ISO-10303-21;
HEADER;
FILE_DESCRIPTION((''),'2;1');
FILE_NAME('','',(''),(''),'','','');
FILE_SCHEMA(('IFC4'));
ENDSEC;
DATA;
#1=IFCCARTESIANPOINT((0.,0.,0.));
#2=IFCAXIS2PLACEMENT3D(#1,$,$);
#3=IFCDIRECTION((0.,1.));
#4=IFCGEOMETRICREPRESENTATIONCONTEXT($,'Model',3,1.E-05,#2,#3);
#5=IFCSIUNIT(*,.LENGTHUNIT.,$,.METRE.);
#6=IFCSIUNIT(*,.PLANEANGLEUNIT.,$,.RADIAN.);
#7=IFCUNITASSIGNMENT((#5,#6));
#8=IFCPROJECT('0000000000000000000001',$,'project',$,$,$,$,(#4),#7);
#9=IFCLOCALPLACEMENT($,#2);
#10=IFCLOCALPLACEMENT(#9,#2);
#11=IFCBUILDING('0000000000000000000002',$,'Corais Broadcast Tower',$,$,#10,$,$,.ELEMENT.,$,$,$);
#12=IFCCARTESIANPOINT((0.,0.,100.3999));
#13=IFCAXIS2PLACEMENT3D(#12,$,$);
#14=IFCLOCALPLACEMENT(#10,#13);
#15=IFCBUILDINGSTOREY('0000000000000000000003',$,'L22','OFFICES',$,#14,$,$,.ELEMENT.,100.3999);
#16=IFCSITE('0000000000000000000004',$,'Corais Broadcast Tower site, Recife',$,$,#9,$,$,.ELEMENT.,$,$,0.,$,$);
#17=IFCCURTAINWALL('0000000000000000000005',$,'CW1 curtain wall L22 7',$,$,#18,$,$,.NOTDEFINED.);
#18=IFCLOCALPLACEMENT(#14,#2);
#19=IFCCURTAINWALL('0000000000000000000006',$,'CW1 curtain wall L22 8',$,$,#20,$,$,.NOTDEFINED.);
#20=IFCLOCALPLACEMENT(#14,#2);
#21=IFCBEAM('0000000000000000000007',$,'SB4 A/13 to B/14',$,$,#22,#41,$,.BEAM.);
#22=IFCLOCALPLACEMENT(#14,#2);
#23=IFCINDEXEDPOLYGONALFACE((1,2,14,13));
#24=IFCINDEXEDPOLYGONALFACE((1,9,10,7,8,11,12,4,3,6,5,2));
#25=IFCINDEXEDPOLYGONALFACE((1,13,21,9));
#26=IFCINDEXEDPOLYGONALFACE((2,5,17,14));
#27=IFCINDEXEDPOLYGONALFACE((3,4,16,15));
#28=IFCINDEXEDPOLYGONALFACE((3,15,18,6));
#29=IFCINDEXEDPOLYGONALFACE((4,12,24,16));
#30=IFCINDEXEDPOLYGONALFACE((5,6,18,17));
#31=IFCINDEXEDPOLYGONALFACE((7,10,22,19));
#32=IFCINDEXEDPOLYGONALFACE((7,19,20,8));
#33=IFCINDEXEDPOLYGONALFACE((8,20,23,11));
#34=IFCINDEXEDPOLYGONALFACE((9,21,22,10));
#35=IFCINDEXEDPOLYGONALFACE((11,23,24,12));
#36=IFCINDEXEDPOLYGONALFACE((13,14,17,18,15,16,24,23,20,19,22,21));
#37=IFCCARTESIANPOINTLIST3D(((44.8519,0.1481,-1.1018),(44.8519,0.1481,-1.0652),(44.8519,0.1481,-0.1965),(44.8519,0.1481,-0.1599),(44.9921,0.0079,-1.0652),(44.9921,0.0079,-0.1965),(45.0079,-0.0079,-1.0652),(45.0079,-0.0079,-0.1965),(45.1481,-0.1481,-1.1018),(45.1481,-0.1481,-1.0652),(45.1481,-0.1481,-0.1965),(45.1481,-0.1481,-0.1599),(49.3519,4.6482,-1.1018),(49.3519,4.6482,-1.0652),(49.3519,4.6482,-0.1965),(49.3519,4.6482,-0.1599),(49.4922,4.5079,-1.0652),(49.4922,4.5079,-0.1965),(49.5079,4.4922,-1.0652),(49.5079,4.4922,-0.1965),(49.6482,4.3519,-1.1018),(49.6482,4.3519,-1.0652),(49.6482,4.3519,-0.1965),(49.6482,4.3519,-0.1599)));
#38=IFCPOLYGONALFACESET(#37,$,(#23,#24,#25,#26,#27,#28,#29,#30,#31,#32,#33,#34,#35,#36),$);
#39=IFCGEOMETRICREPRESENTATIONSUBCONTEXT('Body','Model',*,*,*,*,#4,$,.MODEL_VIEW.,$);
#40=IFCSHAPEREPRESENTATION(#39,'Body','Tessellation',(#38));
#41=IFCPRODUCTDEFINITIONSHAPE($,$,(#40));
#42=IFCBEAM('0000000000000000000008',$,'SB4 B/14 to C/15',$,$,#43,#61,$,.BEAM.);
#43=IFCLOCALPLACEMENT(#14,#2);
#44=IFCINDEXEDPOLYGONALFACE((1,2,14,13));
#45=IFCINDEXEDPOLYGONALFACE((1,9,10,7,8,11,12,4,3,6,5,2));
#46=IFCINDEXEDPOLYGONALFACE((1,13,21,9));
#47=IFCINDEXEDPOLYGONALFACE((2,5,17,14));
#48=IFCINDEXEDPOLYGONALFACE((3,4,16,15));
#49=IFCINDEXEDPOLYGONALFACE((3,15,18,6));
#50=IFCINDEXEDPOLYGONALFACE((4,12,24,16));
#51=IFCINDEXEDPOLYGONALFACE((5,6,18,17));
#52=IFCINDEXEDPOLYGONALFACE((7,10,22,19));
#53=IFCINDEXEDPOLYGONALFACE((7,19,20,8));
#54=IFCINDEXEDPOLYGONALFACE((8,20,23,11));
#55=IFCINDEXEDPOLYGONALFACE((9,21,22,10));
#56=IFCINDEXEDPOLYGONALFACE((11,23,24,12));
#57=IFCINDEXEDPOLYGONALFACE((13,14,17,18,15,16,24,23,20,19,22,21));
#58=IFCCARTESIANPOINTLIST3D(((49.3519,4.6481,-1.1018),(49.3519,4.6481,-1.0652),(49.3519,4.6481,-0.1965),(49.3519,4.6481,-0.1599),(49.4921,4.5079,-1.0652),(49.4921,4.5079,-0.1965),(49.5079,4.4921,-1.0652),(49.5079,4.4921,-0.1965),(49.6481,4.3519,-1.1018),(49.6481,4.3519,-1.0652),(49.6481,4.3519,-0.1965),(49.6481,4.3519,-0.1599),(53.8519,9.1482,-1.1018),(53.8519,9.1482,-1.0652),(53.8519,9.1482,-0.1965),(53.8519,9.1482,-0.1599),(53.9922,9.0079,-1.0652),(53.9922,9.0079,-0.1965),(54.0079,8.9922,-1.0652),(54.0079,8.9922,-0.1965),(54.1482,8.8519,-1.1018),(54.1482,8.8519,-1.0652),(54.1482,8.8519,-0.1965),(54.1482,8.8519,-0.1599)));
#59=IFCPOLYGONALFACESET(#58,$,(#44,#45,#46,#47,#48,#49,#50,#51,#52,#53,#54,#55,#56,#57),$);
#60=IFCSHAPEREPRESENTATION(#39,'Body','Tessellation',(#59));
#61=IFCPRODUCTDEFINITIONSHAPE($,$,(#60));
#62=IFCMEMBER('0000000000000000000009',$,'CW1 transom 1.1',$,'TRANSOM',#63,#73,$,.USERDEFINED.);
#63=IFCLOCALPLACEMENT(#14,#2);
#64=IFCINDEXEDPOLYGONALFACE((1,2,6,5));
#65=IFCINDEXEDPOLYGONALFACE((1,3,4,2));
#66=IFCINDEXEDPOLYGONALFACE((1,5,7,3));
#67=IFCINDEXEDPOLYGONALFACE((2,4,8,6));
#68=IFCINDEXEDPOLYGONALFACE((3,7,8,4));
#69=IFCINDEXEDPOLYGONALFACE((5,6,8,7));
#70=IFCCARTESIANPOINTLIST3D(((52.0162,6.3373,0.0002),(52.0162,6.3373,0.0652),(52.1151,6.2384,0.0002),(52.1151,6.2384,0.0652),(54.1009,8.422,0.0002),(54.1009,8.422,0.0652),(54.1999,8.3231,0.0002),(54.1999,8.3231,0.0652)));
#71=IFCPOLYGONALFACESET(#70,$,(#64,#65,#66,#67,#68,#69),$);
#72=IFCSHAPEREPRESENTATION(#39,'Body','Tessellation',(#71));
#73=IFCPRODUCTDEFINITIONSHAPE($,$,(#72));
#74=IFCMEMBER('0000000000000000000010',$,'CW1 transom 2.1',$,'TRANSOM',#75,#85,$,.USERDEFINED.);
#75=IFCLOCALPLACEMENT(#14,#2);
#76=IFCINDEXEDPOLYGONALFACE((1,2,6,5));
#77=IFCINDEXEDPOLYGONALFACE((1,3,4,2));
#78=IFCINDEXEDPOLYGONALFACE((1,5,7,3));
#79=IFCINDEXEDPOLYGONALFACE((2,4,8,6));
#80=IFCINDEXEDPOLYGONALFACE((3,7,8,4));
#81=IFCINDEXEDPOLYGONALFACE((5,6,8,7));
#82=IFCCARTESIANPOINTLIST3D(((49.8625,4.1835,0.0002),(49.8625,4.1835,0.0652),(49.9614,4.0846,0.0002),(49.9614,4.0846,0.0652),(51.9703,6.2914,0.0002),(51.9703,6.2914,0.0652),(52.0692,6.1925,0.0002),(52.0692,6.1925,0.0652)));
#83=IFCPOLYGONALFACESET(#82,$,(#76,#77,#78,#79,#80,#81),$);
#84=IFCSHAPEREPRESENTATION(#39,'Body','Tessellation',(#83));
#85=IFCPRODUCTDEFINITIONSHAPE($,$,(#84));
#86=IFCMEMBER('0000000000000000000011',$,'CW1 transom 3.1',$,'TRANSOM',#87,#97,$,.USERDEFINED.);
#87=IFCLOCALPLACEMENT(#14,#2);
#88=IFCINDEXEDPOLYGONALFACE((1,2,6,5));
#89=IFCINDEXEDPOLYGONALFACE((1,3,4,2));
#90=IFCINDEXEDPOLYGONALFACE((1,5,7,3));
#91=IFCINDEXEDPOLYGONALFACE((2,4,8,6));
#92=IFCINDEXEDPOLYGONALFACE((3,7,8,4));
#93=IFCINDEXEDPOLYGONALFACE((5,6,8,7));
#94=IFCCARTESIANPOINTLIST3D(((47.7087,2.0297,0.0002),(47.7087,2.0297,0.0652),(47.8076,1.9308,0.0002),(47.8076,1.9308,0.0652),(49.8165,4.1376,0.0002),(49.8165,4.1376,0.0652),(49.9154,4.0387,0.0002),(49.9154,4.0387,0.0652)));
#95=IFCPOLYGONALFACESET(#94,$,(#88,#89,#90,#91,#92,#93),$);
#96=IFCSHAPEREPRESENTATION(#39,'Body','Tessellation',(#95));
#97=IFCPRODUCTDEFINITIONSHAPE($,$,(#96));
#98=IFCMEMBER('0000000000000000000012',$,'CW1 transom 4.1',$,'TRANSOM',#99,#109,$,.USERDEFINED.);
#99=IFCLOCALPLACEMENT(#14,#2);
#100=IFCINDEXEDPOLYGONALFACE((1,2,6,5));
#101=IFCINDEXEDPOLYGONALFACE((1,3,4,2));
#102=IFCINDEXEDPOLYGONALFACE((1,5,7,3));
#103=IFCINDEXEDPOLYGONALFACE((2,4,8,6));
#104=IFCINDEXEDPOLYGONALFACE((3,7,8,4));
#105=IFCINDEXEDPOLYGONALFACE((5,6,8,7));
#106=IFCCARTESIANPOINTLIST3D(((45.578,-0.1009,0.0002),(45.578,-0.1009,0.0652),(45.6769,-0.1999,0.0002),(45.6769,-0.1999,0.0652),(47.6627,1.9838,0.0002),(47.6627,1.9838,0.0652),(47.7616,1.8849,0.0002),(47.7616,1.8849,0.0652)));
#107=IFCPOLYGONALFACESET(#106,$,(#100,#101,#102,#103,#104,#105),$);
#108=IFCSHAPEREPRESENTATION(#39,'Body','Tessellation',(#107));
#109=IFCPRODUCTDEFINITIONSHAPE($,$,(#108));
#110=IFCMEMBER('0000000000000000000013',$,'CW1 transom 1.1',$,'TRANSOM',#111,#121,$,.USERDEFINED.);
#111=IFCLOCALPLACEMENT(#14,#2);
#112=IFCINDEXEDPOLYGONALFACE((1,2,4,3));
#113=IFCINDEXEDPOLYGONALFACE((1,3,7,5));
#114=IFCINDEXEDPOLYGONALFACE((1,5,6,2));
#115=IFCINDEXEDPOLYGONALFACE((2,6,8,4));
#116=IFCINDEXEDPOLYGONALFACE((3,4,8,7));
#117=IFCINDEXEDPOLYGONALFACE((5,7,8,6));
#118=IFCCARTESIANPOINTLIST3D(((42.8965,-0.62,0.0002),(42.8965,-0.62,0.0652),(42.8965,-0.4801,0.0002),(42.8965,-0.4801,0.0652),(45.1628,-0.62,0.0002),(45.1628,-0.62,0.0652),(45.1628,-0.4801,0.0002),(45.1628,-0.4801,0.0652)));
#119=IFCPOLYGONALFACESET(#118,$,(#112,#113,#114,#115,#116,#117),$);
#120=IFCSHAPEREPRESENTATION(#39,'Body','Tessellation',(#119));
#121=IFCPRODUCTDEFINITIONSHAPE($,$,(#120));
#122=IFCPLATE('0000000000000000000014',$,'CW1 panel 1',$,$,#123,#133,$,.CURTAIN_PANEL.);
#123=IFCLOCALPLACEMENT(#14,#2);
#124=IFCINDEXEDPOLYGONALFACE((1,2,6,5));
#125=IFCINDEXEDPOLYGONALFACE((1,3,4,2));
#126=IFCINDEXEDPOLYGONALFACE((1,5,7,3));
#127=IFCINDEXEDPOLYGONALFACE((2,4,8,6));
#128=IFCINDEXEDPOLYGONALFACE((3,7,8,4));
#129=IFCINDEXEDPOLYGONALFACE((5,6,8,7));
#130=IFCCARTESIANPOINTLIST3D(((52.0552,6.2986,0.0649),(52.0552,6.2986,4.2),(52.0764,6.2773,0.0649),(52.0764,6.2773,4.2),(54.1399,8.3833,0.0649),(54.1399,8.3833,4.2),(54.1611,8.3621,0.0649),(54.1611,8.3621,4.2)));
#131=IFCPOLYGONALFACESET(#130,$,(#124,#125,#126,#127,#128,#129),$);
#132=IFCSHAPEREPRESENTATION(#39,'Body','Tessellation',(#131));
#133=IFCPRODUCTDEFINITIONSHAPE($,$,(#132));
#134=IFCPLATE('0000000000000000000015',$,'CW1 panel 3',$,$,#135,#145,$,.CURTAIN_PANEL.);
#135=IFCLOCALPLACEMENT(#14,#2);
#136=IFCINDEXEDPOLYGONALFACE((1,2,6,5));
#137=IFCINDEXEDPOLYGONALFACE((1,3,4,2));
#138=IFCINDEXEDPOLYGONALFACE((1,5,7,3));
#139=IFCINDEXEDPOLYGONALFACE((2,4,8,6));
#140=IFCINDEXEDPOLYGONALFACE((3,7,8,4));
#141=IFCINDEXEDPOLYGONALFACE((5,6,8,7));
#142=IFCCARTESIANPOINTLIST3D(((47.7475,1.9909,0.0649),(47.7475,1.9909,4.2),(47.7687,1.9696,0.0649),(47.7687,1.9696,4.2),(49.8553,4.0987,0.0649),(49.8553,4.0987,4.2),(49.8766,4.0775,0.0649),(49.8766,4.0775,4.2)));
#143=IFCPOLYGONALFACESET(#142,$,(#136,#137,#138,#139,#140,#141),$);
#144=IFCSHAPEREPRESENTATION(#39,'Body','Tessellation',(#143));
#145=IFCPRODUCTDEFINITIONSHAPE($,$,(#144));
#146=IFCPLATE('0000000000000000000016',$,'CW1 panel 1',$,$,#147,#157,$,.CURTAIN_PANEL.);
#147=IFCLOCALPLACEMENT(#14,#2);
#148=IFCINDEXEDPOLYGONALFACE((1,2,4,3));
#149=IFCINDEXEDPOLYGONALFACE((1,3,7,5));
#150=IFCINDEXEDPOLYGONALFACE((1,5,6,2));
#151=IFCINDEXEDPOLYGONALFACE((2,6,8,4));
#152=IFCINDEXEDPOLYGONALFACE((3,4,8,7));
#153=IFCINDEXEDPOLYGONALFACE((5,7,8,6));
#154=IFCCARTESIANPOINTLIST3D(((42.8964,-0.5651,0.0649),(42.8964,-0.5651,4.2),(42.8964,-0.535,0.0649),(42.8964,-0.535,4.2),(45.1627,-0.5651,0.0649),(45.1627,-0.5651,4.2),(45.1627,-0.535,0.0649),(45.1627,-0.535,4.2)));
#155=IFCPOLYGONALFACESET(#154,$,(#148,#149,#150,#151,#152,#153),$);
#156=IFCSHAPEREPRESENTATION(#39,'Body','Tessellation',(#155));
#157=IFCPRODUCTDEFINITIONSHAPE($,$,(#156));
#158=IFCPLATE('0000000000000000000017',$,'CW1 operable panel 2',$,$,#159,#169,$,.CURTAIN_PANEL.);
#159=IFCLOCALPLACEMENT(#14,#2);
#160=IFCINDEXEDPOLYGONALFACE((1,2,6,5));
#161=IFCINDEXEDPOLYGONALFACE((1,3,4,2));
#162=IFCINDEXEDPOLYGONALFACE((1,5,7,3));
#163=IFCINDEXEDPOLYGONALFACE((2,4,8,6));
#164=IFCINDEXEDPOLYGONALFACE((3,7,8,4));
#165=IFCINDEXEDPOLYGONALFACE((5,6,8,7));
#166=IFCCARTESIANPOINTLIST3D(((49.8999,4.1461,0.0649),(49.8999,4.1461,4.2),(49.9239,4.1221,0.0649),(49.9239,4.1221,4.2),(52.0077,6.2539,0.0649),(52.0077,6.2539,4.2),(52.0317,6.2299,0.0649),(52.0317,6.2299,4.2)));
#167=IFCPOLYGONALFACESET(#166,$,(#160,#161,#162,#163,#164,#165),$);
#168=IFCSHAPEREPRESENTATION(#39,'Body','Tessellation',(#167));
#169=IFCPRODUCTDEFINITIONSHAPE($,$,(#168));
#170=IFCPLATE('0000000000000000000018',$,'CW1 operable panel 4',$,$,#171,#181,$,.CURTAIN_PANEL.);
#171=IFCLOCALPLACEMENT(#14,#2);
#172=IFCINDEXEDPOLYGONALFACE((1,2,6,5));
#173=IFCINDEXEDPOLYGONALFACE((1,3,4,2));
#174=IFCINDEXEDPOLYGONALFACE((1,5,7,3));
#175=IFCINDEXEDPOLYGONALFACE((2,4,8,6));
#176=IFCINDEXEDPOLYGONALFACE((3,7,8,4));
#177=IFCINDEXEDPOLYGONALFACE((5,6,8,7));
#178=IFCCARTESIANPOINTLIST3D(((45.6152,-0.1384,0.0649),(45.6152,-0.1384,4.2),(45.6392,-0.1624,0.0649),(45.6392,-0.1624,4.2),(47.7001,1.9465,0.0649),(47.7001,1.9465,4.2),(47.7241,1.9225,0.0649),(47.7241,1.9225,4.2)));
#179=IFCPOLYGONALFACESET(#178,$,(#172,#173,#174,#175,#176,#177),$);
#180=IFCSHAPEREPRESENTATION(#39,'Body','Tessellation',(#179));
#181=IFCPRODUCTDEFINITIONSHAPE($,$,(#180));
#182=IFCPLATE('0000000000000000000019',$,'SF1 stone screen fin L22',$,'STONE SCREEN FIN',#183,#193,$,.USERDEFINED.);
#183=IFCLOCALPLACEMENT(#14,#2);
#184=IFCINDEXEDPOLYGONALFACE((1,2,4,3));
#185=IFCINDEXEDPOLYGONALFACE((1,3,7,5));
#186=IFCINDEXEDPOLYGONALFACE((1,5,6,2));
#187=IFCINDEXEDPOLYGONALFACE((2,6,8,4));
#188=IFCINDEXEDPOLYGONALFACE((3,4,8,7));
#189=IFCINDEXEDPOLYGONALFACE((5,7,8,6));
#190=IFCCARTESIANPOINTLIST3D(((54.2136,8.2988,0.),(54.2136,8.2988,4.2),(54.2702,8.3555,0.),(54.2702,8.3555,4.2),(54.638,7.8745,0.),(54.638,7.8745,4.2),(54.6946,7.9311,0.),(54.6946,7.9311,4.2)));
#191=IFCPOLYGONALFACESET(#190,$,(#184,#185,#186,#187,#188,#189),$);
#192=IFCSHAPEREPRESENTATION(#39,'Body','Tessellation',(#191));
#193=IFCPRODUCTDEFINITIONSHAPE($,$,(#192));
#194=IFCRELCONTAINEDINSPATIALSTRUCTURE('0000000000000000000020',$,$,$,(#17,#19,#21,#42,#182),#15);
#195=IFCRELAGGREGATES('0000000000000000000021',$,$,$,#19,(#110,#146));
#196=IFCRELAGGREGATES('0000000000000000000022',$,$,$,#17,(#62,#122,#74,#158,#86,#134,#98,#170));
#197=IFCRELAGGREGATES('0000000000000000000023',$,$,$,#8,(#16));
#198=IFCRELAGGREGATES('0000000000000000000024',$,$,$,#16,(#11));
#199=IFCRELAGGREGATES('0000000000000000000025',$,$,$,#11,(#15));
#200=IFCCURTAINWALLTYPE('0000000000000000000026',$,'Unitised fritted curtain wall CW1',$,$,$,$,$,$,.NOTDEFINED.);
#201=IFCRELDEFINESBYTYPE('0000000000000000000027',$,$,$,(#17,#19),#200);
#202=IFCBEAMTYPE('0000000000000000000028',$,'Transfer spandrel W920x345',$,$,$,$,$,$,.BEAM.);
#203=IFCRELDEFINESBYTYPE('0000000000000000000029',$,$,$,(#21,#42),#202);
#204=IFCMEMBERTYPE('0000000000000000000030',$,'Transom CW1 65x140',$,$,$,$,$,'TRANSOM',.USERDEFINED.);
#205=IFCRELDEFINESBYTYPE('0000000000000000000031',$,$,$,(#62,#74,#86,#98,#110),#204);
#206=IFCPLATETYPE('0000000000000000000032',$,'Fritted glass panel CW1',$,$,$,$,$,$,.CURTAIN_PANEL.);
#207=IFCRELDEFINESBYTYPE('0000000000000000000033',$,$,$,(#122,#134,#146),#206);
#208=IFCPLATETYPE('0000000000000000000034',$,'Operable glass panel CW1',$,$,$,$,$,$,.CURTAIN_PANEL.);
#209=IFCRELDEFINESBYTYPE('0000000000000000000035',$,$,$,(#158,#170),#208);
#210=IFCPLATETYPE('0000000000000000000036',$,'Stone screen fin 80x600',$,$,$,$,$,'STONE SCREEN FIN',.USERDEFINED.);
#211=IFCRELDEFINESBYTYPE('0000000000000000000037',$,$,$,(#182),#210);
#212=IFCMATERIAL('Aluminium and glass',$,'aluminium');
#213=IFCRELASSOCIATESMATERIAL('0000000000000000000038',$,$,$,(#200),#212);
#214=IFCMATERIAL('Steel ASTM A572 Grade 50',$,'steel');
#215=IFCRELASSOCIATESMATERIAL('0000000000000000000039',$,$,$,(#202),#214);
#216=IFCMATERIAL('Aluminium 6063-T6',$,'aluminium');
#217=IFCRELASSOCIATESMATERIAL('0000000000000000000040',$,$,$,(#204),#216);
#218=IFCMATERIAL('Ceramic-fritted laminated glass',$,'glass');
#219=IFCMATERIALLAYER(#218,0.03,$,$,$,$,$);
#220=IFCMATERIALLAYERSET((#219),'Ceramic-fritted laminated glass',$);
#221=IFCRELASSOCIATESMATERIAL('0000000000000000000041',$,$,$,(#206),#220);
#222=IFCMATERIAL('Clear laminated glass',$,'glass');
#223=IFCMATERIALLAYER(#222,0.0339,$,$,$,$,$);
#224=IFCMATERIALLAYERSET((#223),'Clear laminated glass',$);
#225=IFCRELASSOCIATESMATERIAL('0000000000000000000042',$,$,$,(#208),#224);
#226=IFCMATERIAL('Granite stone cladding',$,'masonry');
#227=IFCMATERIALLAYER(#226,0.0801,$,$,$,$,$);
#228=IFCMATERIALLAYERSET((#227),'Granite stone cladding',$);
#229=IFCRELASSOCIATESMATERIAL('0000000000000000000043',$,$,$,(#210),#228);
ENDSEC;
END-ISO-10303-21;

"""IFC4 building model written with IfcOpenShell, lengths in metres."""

from ifc_helpers import new_model, si_unit, direction, frame, origin, origin_2d, place, context, subcontext, project, spatial, rectangle, i_section, extrude, material, layer, layer_set, material_profile, profile_set, type_object, element, aggregate, save


model = new_model("IFC4")

# Units and contexts
model_context = context("Model", 3, precision=1e-05, world=origin(), true_north=direction((0.0, 1.0)))
body_context = subcontext(model_context, "Body", "Model", "MODEL_VIEW")
ifc_project = project(units=[si_unit("LENGTHUNIT", "METRE"), si_unit("PLANEANGLEUNIT", "RADIAN")], contexts=[model_context])

# Site, building, storey
site_placement = place(None, origin())
site = spatial("IfcSite", under=ifc_project, at=site_placement, Name="Corais Broadcast Tower site, Recife", CompositionType="ELEMENT", RefElevation=0.0)
building_placement = place(site_placement, origin())
building = spatial("IfcBuilding", under=site, at=building_placement, Name="Corais Broadcast Tower", CompositionType="ELEMENT")
storey_placement = place(building_placement, frame((0.0, 0.0, 100.3999)))
storey = spatial("IfcBuildingStorey", under=building, at=storey_placement, Name="L22", Description="OFFICES", CompositionType="ELEMENT", Elevation=100.3999)

# Shared definitions
ifc_material_1 = material(Name="Aluminium and glass", Category="aluminium")
curtain_wall_type = type_object("IfcCurtainWallType", Name="Unitised fritted curtain wall CW1", PredefinedType="NOTDEFINED", material=ifc_material_1)

# Curtain wall
curtain_wall_1_placement = place(storey_placement, origin())
curtain_wall_1 = element("IfcCurtainWall", 1, at=curtain_wall_1_placement, inside=storey, type_object=curtain_wall_type, Name="CW1 curtain wall L22 7", PredefinedType="NOTDEFINED")

# Curtain wall
curtain_wall_2_placement = place(storey_placement, origin())
curtain_wall_2 = element("IfcCurtainWall", 2, at=curtain_wall_2_placement, inside=storey, type_object=curtain_wall_type, Name="CW1 curtain wall L22 8", PredefinedType="NOTDEFINED")

# Beams
ifc_material_2 = material(Name="Steel ASTM A572 Grade 50", Category="steel")
ifc_material_profile_1 = material_profile(ifc_material_2, i_section(OverallWidth=0.4189, OverallDepth=0.9419, WebThickness=0.0222, FlangeThickness=0.0366, at=origin_2d()), Name="W920x345")
ifc_profile_set_1 = profile_set([ifc_material_profile_1], Name="Steel ASTM A572 Grade 50")
beam_type_1 = type_object("IfcBeamType", Name="Transfer spandrel W920x345", PredefinedType="BEAM", material=ifc_profile_set_1)
for number, where, z_axis, x_axis, name in (
    (3, (45.0, 0.0, -0.6309), (0.707107, 0.707107, 0.0), (-0.707107, 0.707107, 0.0), "SB4 A/13 to B/14"),
    (4, (49.5, 4.5, -0.6309), (0.707107, 0.707107, 0.0), (-0.707107, 0.707107, 0.0), "SB4 B/14 to C/15"),
):
    element("IfcBeam", number, at=place(storey_placement, frame(where, z_axis=z_axis, x_axis=x_axis)), inside=storey, type_object=beam_type_1, Name=name, PredefinedType="BEAM", context=body_context, shape_type="SweptSolid", body=[
        extrude(i_section(OverallWidth=0.4189, OverallDepth=0.9419, WebThickness=0.0222, FlangeThickness=0.0366, at=origin_2d()), origin(), (0.0, 0.0, 1.0), 6.364),
    ])

# Members
ifc_material_3 = material(Name="Aluminium 6063-T6", Category="aluminium")
ifc_material_profile_2 = material_profile(ifc_material_3, rectangle(XDim=0.1399, YDim=0.0649, at=origin_2d()), Name="Transom CW1 65x140")
ifc_profile_set_2 = profile_set([ifc_material_profile_2], Name="Aluminium 6063-T6")
member_type_1 = type_object("IfcMemberType", Name="Transom CW1 65x140", ElementType="TRANSOM", PredefinedType="USERDEFINED", material=ifc_profile_set_2)
member_1_placement = place(storey_placement, frame((54.1504, 8.3726, 0.0327), z_axis=(-0.707107, -0.707107, 0.0), x_axis=(0.707107, -0.707107, 0.0)))
member_1 = element("IfcMember", 5, at=member_1_placement, type_object=member_type_1, Name="CW1 transom 1.1", ObjectType="TRANSOM", PredefinedType="USERDEFINED", context=body_context, shape_type="SweptSolid", body=[
    extrude(rectangle(XDim=0.1399, YDim=0.0649, at=origin_2d()), origin(), (0.0, 0.0, 1.0), 2.9482),
])
member_2_placement = place(storey_placement, frame((52.0198, 6.2419, 0.0327), z_axis=(-0.707107, -0.707107, 0.0), x_axis=(0.707107, -0.707107, 0.0)))
member_2 = element("IfcMember", 6, at=member_2_placement, type_object=member_type_1, Name="CW1 transom 2.1", ObjectType="TRANSOM", PredefinedType="USERDEFINED", context=body_context, shape_type="SweptSolid", body=[
    extrude(rectangle(XDim=0.1399, YDim=0.0649, at=origin_2d()), origin(), (0.0, 0.0, 1.0), 2.981),
])
member_3_placement = place(storey_placement, frame((49.866, 4.0881, 0.0327), z_axis=(-0.707107, -0.707107, 0.0), x_axis=(0.707107, -0.707107, 0.0)))
member_3 = element("IfcMember", 7, at=member_3_placement, type_object=member_type_1, Name="CW1 transom 3.1", ObjectType="TRANSOM", PredefinedType="USERDEFINED", context=body_context, shape_type="SweptSolid", body=[
    extrude(rectangle(XDim=0.1399, YDim=0.0649, at=origin_2d()), origin(), (0.0, 0.0, 1.0), 2.981),
])
member_4_placement = place(storey_placement, frame((47.7122, 1.9343, 0.0327), z_axis=(-0.707107, -0.707107, 0.0), x_axis=(0.707107, -0.707107, 0.0)))
member_4 = element("IfcMember", 8, at=member_4_placement, type_object=member_type_1, Name="CW1 transom 4.1", ObjectType="TRANSOM", PredefinedType="USERDEFINED", context=body_context, shape_type="SweptSolid", body=[
    extrude(rectangle(XDim=0.1399, YDim=0.0649, at=origin_2d()), origin(), (0.0, 0.0, 1.0), 2.9482),
])
member_5_placement = place(storey_placement, frame((45.1628, -0.55, 0.0327), z_axis=(-1.0, 0.0, 0.0), x_axis=(0.0, -1.0, 0.0)))
member_5 = element("IfcMember", 9, at=member_5_placement, type_object=member_type_1, Name="CW1 transom 1.1", ObjectType="TRANSOM", PredefinedType="USERDEFINED", context=body_context, shape_type="SweptSolid", body=[
    extrude(rectangle(XDim=0.1399, YDim=0.0649, at=origin_2d()), origin(), (0.0, 0.0, 1.0), 2.2664),
])

# Plates
ifc_material_4 = material(Name="Ceramic-fritted laminated glass", Category="glass")
ifc_layer_1 = layer(ifc_material_4, 0.03)
ifc_layer_set_1 = layer_set([ifc_layer_1], Name="Ceramic-fritted laminated glass")
plate_type_1 = type_object("IfcPlateType", Name="Fritted glass panel CW1", PredefinedType="CURTAIN_PANEL", material=ifc_layer_set_1)
plate_1_placement = place(storey_placement, frame((53.1082, 7.3303, 0.0649), z_axis=(0.0, 0.0, 1.0), x_axis=(-0.707107, -0.707107, 0.0)))
plate_1 = element("IfcPlate", 10, at=plate_1_placement, type_object=plate_type_1, Name="CW1 panel 1", PredefinedType="CURTAIN_PANEL", context=body_context, shape_type="SweptSolid", body=[
    extrude(rectangle(XDim=2.9482, YDim=0.03, at=origin_2d()), origin(), (0.0, 0.0, 1.0), 4.135),
])
plate_2_placement = place(storey_placement, frame((48.812, 3.0342, 0.0649), z_axis=(0.0, 0.0, 1.0), x_axis=(-0.707107, -0.707107, 0.0)))
plate_2 = element("IfcPlate", 11, at=plate_2_placement, type_object=plate_type_1, Name="CW1 panel 3", PredefinedType="CURTAIN_PANEL", context=body_context, shape_type="SweptSolid", body=[
    extrude(rectangle(XDim=2.981, YDim=0.03, at=origin_2d()), origin(), (0.0, 0.0, 1.0), 4.135),
])
plate_3_placement = place(storey_placement, frame((44.0295, -0.55, 0.0649), z_axis=(0.0, 0.0, 1.0), x_axis=(-1.0, 0.0, 0.0)))
plate_3 = element("IfcPlate", 12, at=plate_3_placement, type_object=plate_type_1, Name="CW1 panel 1", PredefinedType="CURTAIN_PANEL", context=body_context, shape_type="SweptSolid", body=[
    extrude(rectangle(XDim=2.2664, YDim=0.03, at=origin_2d()), origin(), (0.0, 0.0, 1.0), 4.135),
])
aggregate(curtain_wall_2, [member_5, plate_3])
ifc_material_5 = material(Name="Clear laminated glass", Category="glass")
ifc_layer_2 = layer(ifc_material_5, 0.0339)
ifc_layer_set_2 = layer_set([ifc_layer_2], Name="Clear laminated glass")
plate_type_2 = type_object("IfcPlateType", Name="Operable glass panel CW1", PredefinedType="CURTAIN_PANEL", material=ifc_layer_set_2)
plate_4_placement = place(storey_placement, frame((50.9658, 5.188, 0.0649), z_axis=(0.0, 0.0, 1.0), x_axis=(-0.707107, -0.707107, 0.0)))
plate_4 = element("IfcPlate", 13, at=plate_4_placement, type_object=plate_type_2, Name="CW1 operable panel 2", PredefinedType="CURTAIN_PANEL", context=body_context, shape_type="SweptSolid", body=[
    extrude(rectangle(XDim=2.981, YDim=0.0339, at=origin_2d()), origin(), (0.0, 0.0, 1.0), 4.135),
])
plate_5_placement = place(storey_placement, frame((46.6697, 0.8921, 0.0649), z_axis=(0.0, 0.0, 1.0), x_axis=(-0.707107, -0.707107, 0.0)))
plate_5 = element("IfcPlate", 14, at=plate_5_placement, type_object=plate_type_2, Name="CW1 operable panel 4", PredefinedType="CURTAIN_PANEL", context=body_context, shape_type="SweptSolid", body=[
    extrude(rectangle(XDim=2.9485, YDim=0.0339, at=origin_2d()), origin(), (0.0, 0.0, 1.0), 4.135),
])
aggregate(curtain_wall_1, [member_1, plate_1, member_2, plate_4, member_3, plate_2, member_4, plate_5])

# Plate
ifc_material_6 = material(Name="Granite stone cladding", Category="masonry")
ifc_layer_3 = layer(ifc_material_6, 0.0801)
ifc_layer_set_3 = layer_set([ifc_layer_3], Name="Granite stone cladding")
plate_type_3 = type_object("IfcPlateType", Name="Stone screen fin 80x600", ElementType="STONE SCREEN FIN", PredefinedType="USERDEFINED", material=ifc_layer_set_3)
for number, where, z_axis, x_axis, name in (
    (15, (54.4541, 8.115, 0.0), (0.0, 0.0, 1.0), (-0.707107, -0.707107, 0.0), "SF1 stone screen fin L22"),
):
    element("IfcPlate", number, at=place(storey_placement, frame(where, z_axis=z_axis, x_axis=x_axis)), inside=storey, type_object=plate_type_3, Name=name, ObjectType="STONE SCREEN FIN", PredefinedType="USERDEFINED", context=body_context, shape_type="SweptSolid", body=[
        extrude(rectangle(XDim=0.0801, YDim=0.6001, at=origin_2d()), origin(), (0.0, 0.0, 1.0), 4.2),
    ])

save(model, "model.ifc")
